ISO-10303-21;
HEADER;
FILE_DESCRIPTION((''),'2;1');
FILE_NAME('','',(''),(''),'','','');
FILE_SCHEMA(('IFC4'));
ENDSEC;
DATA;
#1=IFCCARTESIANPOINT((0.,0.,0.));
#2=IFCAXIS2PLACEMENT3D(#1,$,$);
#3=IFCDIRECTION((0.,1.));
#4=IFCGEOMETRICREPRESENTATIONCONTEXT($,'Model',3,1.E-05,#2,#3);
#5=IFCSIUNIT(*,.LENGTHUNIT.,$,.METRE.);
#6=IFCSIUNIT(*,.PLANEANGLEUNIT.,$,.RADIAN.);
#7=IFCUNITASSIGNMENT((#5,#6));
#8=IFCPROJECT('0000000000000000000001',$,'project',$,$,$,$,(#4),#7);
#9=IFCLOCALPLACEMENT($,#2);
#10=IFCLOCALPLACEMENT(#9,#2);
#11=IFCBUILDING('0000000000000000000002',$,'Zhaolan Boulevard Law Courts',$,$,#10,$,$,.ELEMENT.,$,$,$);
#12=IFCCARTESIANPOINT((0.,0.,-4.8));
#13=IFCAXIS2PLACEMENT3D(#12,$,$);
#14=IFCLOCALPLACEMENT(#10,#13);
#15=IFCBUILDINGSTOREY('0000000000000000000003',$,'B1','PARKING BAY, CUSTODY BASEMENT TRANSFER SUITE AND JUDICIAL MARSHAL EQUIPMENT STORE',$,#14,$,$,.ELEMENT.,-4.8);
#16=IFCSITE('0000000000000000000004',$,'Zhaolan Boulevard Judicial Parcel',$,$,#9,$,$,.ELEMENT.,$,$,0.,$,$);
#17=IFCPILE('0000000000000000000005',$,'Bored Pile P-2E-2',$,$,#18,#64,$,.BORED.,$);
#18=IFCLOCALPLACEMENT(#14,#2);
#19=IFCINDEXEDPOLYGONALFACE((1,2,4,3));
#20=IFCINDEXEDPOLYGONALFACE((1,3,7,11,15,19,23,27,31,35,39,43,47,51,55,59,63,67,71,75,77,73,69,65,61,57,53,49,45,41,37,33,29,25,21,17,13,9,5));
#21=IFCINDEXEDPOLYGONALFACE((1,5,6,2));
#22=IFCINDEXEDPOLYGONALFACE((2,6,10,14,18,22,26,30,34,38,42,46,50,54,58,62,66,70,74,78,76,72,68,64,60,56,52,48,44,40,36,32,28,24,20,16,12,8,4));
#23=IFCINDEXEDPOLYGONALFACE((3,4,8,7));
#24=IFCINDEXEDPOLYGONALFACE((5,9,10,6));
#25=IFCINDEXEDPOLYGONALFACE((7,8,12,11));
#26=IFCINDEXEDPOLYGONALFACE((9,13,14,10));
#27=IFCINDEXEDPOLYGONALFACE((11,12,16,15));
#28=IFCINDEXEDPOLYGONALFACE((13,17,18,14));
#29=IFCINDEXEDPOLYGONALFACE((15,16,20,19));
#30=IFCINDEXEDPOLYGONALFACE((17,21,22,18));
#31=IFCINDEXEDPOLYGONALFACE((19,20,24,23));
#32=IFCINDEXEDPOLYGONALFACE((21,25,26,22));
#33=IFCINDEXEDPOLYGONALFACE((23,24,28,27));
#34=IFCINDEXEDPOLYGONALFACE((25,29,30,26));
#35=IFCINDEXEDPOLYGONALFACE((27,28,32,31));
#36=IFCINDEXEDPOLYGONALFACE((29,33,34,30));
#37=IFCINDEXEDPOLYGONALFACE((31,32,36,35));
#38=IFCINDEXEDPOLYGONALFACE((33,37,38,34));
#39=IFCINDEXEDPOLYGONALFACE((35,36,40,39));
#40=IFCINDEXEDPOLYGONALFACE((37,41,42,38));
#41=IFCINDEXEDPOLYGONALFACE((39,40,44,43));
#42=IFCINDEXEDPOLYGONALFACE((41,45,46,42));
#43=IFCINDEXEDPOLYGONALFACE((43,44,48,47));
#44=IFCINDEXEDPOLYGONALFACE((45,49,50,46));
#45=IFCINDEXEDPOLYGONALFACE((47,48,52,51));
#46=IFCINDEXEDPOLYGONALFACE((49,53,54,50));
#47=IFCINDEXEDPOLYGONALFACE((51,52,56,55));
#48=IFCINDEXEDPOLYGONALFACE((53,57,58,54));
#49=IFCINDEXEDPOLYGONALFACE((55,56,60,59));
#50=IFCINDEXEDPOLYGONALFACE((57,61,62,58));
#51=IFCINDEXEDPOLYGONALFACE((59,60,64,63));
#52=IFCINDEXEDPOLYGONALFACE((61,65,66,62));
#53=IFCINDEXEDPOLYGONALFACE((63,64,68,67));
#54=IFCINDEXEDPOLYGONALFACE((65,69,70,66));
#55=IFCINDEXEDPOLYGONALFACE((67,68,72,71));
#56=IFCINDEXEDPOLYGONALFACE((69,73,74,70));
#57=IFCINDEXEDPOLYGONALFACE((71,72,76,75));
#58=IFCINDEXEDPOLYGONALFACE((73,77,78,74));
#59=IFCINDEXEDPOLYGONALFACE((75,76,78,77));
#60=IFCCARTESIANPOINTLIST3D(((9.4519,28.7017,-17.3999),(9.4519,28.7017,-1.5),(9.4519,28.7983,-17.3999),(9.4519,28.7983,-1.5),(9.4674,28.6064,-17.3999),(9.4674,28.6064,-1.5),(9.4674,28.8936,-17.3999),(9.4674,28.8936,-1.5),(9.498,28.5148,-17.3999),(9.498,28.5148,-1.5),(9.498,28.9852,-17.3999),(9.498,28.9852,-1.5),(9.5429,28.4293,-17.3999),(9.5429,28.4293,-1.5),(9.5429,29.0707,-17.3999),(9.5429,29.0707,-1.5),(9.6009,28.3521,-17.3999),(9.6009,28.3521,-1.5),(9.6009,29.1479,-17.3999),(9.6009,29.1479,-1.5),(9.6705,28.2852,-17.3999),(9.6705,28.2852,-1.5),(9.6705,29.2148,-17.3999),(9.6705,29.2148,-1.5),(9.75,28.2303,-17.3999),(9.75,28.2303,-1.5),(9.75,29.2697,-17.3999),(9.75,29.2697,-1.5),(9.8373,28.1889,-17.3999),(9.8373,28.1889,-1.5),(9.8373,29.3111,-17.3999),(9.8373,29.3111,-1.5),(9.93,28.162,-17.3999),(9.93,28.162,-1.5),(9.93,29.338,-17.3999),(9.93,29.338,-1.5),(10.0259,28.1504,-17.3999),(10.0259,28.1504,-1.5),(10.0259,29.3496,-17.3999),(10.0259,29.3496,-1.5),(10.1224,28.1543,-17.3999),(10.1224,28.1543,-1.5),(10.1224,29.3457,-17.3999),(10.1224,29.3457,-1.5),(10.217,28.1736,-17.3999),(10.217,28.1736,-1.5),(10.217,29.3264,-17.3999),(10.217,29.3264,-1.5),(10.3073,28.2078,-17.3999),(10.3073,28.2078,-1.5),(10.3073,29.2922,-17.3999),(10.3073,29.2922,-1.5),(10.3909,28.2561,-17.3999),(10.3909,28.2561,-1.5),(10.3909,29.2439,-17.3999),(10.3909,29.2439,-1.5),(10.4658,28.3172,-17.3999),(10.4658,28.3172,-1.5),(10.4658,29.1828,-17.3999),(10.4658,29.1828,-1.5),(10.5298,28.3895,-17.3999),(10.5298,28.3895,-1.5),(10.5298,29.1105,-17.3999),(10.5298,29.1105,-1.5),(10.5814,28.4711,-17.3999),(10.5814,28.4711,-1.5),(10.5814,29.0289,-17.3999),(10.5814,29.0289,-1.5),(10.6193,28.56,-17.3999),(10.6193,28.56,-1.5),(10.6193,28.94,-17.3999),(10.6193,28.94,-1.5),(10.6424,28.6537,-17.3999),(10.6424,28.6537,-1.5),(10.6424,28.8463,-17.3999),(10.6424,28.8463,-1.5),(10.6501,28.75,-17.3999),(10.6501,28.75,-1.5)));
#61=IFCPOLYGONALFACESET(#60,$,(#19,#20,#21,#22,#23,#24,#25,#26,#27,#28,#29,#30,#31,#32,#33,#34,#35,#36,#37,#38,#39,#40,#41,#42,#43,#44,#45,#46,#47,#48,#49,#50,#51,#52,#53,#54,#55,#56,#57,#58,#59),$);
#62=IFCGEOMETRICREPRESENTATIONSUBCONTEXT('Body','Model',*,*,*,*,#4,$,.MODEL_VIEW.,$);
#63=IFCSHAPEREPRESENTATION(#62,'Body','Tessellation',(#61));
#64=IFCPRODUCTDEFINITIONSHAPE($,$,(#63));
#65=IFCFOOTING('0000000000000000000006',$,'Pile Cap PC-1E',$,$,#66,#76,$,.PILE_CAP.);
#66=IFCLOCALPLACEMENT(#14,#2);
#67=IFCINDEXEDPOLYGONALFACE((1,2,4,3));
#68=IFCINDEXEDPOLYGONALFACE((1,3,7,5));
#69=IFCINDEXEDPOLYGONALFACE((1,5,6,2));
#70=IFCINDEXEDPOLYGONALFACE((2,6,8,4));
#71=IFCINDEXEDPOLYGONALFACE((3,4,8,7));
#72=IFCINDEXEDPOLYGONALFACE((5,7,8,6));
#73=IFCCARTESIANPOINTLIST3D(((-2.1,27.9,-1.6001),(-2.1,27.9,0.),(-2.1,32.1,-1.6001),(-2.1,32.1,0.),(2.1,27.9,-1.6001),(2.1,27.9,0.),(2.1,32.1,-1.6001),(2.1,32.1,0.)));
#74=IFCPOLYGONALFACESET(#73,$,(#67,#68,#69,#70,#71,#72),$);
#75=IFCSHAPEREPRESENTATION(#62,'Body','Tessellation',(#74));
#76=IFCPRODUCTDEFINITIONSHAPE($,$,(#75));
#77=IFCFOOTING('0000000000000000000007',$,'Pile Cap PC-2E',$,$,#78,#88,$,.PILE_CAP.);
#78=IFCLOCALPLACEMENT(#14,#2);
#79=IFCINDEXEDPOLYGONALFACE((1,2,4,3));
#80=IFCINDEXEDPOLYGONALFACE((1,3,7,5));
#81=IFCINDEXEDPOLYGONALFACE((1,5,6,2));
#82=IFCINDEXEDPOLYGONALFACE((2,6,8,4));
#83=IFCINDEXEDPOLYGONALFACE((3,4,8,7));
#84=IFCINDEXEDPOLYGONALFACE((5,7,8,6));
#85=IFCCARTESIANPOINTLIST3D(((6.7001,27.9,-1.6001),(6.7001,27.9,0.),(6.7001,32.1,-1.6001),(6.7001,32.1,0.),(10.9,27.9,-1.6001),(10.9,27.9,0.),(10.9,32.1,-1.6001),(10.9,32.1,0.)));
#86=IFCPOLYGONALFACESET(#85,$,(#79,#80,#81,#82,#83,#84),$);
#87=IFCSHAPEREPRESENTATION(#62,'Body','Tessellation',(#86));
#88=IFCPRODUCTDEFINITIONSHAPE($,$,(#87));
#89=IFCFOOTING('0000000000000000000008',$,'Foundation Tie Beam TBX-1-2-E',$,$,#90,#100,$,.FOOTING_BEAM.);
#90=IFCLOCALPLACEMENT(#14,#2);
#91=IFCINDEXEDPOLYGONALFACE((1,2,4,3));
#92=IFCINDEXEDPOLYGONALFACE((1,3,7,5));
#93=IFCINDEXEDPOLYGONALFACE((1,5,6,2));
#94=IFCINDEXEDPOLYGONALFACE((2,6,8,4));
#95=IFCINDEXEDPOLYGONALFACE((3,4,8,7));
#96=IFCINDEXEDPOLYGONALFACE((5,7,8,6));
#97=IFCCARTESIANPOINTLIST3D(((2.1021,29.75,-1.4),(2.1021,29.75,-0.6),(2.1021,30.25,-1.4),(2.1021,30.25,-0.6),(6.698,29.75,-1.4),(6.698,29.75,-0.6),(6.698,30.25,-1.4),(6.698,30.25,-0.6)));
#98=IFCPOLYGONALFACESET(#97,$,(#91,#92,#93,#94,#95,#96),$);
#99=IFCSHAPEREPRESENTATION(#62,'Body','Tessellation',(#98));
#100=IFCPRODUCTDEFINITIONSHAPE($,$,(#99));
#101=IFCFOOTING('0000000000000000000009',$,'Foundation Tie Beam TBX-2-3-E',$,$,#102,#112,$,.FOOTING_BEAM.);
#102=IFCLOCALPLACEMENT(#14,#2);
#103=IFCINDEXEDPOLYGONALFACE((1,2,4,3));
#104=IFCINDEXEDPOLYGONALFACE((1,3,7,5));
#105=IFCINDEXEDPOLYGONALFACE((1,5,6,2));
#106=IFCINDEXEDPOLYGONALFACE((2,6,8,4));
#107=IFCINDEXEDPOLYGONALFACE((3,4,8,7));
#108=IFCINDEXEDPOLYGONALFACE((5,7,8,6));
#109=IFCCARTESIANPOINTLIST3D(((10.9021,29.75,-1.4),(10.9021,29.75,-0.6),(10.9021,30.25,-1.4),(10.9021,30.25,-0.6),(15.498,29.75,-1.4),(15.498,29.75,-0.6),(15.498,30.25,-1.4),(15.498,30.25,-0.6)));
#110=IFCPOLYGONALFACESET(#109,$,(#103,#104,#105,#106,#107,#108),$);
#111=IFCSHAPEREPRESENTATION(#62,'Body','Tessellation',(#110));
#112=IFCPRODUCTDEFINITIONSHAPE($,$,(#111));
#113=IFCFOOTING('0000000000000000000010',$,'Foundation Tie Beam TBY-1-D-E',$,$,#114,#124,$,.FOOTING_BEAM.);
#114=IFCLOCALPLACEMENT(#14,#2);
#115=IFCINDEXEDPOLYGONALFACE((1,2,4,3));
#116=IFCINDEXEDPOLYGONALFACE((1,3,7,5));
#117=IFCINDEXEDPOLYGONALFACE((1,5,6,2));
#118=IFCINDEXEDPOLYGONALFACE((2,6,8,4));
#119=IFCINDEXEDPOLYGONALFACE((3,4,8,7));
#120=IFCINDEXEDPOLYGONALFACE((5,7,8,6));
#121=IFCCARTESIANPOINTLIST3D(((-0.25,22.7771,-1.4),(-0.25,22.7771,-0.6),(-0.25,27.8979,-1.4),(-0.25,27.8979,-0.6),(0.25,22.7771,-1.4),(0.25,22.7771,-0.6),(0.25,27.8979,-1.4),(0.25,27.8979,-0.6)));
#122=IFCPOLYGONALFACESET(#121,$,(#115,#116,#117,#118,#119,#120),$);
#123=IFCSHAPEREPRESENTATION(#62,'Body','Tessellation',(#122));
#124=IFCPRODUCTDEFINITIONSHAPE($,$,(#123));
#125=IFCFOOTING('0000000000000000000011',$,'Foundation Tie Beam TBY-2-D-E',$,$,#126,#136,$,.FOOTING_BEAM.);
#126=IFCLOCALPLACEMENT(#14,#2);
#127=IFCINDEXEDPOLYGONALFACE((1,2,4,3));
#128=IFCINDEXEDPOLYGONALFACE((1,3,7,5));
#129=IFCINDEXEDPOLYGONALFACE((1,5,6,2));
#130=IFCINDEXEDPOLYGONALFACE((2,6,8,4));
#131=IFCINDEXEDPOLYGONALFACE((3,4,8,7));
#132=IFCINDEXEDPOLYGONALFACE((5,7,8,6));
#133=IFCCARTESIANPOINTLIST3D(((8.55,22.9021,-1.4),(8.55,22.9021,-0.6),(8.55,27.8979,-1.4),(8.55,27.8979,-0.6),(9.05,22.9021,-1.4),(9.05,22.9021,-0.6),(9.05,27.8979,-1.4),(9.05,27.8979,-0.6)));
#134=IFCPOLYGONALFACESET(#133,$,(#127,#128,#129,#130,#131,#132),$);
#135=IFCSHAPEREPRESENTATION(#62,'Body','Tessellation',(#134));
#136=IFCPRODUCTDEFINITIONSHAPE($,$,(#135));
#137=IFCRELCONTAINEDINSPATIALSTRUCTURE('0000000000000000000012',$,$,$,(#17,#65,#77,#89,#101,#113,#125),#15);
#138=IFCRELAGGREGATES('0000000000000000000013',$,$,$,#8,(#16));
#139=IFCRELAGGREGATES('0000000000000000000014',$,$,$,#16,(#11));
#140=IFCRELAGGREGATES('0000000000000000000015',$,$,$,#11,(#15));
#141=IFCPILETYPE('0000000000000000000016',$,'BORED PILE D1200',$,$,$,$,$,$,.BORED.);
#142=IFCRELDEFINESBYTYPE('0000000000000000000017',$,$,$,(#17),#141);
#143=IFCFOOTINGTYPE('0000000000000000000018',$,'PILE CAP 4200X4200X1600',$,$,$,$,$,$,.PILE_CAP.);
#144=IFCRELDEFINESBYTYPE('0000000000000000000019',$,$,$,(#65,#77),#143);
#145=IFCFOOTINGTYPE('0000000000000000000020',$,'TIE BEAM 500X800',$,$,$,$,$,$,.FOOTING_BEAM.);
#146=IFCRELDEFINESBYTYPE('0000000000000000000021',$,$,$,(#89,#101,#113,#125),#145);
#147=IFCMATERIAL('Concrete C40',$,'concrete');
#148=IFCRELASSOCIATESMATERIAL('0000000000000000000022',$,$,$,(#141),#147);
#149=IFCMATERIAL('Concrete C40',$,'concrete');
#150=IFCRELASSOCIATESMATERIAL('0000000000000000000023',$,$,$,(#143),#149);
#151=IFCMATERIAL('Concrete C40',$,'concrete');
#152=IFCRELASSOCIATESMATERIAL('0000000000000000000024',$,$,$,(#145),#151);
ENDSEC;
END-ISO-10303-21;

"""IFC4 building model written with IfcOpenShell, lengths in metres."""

from ifc_helpers import new_model, si_unit, direction, frame, origin, origin_2d, place, context, subcontext, project, spatial, rectangle, circle, extrude, material, material_profile, profile_set, type_object, element, save


model = new_model("IFC4")

# Units and contexts
model_context = context("Model", 3, precision=1e-05, world=origin(), true_north=direction((0.0, 1.0)))
body_context = subcontext(model_context, "Body", "Model", "MODEL_VIEW")
ifc_project = project(units=[si_unit("LENGTHUNIT", "METRE"), si_unit("PLANEANGLEUNIT", "RADIAN")], contexts=[model_context])

# Site, building, storey
site_placement = place(None, origin())
site = spatial("IfcSite", under=ifc_project, at=site_placement, Name="Zhaolan Boulevard Judicial Parcel", CompositionType="ELEMENT", RefElevation=0.0)
building_placement = place(site_placement, origin())
building = spatial("IfcBuilding", under=site, at=building_placement, Name="Zhaolan Boulevard Law Courts", CompositionType="ELEMENT")
storey_placement = place(building_placement, frame((0.0, 0.0, -4.8)))
storey = spatial("IfcBuildingStorey", under=building, at=storey_placement, Name="B1", Description="PARKING BAY, CUSTODY BASEMENT TRANSFER SUITE AND JUDICIAL MARSHAL EQUIPMENT STORE", CompositionType="ELEMENT", Elevation=-4.8)

# Pile
ifc_material_1 = material(Name="Concrete C40", Category="concrete")
ifc_material_profile_1 = material_profile(ifc_material_1, circle(Radius=0.6001, at=origin_2d()), Name="PILE-D1200")
ifc_profile_set_1 = profile_set([ifc_material_profile_1], Name="Concrete C40")
pile_type = type_object("IfcPileType", Name="BORED PILE D1200", PredefinedType="BORED", material=ifc_profile_set_1)
for number, where, z_axis, x_axis, name in (
    (1, (10.05, 28.75, -1.5), (0.0, 0.0, -1.0), (1.0, 0.0, 0.0), "Bored Pile P-2E-2"),
):
    element("IfcPile", number, at=place(storey_placement, frame(where, z_axis=z_axis, x_axis=x_axis)), inside=storey, type_object=pile_type, Name=name, PredefinedType="BORED", context=body_context, shape_type="SweptSolid", body=[
        extrude(circle(Radius=0.6001, at=origin_2d()), origin(), (0.0, 0.0, 1.0), 15.8999),
    ])

# Footings
ifc_material_2 = material(Name="Concrete C40", Category="concrete")
footing_type_1 = type_object("IfcFootingType", Name="PILE CAP 4200X4200X1600", PredefinedType="PILE_CAP", material=ifc_material_2)
for number, where, z_axis, x_axis, name in (
    (2, (0.0, 30.0, -1.6001), (0.0, 0.0, 1.0), (1.0, 0.0, 0.0), "Pile Cap PC-1E"),
    (3, (8.8, 30.0, -1.6001), (0.0, 0.0, 1.0), (1.0, 0.0, 0.0), "Pile Cap PC-2E"),
):
    element("IfcFooting", number, at=place(storey_placement, frame(where, z_axis=z_axis, x_axis=x_axis)), inside=storey, type_object=footing_type_1, Name=name, PredefinedType="PILE_CAP", context=body_context, shape_type="SweptSolid", body=[
        extrude(rectangle(XDim=4.2, YDim=4.2, at=origin_2d()), origin(), (0.0, 0.0, 1.0), 1.6001),
    ])
ifc_material_3 = material(Name="Concrete C40", Category="concrete")
ifc_material_profile_2 = material_profile(ifc_material_3, rectangle(XDim=0.5, YDim=0.8, at=origin_2d()), Name="RC500x800")
ifc_profile_set_2 = profile_set([ifc_material_profile_2], Name="Concrete C40")
footing_type_2 = type_object("IfcFootingType", Name="TIE BEAM 500X800", PredefinedType="FOOTING_BEAM", material=ifc_profile_set_2)
for number, where, z_axis, x_axis, name in (
    (4, (2.1021, 30.0, -1.0), (1.0, 0.0, 0.0), (0.0, 1.0, 0.0), "Foundation Tie Beam TBX-1-2-E"),
    (5, (10.9021, 30.0, -1.0), (1.0, 0.0, 0.0), (0.0, 1.0, 0.0), "Foundation Tie Beam TBX-2-3-E"),
):
    element("IfcFooting", number, at=place(storey_placement, frame(where, z_axis=z_axis, x_axis=x_axis)), inside=storey, type_object=footing_type_2, Name=name, PredefinedType="FOOTING_BEAM", context=body_context, shape_type="SweptSolid", body=[
        extrude(rectangle(XDim=0.5, YDim=0.8, at=origin_2d()), origin(), (0.0, 0.0, 1.0), 4.5959),
    ])
footing_1_placement = place(storey_placement, frame((0.0, 22.7771, -1.0), z_axis=(0.0, 1.0, 0.0), x_axis=(-1.0, 0.0, 0.0)))
element("IfcFooting", 6, at=footing_1_placement, inside=storey, type_object=footing_type_2, Name="Foundation Tie Beam TBY-1-D-E", PredefinedType="FOOTING_BEAM", context=body_context, shape_type="SweptSolid", body=[
    extrude(rectangle(XDim=0.5, YDim=0.8, at=origin_2d()), origin(), (0.0, 0.0, 1.0), 5.1208),
])
footing_2_placement = place(storey_placement, frame((8.8, 22.9021, -1.0), z_axis=(0.0, 1.0, 0.0), x_axis=(-1.0, 0.0, 0.0)))
element("IfcFooting", 7, at=footing_2_placement, inside=storey, type_object=footing_type_2, Name="Foundation Tie Beam TBY-2-D-E", PredefinedType="FOOTING_BEAM", context=body_context, shape_type="SweptSolid", body=[
    extrude(rectangle(XDim=0.5, YDim=0.8, at=origin_2d()), origin(), (0.0, 0.0, 1.0), 4.9958),
])

save(model, "model.ifc")
